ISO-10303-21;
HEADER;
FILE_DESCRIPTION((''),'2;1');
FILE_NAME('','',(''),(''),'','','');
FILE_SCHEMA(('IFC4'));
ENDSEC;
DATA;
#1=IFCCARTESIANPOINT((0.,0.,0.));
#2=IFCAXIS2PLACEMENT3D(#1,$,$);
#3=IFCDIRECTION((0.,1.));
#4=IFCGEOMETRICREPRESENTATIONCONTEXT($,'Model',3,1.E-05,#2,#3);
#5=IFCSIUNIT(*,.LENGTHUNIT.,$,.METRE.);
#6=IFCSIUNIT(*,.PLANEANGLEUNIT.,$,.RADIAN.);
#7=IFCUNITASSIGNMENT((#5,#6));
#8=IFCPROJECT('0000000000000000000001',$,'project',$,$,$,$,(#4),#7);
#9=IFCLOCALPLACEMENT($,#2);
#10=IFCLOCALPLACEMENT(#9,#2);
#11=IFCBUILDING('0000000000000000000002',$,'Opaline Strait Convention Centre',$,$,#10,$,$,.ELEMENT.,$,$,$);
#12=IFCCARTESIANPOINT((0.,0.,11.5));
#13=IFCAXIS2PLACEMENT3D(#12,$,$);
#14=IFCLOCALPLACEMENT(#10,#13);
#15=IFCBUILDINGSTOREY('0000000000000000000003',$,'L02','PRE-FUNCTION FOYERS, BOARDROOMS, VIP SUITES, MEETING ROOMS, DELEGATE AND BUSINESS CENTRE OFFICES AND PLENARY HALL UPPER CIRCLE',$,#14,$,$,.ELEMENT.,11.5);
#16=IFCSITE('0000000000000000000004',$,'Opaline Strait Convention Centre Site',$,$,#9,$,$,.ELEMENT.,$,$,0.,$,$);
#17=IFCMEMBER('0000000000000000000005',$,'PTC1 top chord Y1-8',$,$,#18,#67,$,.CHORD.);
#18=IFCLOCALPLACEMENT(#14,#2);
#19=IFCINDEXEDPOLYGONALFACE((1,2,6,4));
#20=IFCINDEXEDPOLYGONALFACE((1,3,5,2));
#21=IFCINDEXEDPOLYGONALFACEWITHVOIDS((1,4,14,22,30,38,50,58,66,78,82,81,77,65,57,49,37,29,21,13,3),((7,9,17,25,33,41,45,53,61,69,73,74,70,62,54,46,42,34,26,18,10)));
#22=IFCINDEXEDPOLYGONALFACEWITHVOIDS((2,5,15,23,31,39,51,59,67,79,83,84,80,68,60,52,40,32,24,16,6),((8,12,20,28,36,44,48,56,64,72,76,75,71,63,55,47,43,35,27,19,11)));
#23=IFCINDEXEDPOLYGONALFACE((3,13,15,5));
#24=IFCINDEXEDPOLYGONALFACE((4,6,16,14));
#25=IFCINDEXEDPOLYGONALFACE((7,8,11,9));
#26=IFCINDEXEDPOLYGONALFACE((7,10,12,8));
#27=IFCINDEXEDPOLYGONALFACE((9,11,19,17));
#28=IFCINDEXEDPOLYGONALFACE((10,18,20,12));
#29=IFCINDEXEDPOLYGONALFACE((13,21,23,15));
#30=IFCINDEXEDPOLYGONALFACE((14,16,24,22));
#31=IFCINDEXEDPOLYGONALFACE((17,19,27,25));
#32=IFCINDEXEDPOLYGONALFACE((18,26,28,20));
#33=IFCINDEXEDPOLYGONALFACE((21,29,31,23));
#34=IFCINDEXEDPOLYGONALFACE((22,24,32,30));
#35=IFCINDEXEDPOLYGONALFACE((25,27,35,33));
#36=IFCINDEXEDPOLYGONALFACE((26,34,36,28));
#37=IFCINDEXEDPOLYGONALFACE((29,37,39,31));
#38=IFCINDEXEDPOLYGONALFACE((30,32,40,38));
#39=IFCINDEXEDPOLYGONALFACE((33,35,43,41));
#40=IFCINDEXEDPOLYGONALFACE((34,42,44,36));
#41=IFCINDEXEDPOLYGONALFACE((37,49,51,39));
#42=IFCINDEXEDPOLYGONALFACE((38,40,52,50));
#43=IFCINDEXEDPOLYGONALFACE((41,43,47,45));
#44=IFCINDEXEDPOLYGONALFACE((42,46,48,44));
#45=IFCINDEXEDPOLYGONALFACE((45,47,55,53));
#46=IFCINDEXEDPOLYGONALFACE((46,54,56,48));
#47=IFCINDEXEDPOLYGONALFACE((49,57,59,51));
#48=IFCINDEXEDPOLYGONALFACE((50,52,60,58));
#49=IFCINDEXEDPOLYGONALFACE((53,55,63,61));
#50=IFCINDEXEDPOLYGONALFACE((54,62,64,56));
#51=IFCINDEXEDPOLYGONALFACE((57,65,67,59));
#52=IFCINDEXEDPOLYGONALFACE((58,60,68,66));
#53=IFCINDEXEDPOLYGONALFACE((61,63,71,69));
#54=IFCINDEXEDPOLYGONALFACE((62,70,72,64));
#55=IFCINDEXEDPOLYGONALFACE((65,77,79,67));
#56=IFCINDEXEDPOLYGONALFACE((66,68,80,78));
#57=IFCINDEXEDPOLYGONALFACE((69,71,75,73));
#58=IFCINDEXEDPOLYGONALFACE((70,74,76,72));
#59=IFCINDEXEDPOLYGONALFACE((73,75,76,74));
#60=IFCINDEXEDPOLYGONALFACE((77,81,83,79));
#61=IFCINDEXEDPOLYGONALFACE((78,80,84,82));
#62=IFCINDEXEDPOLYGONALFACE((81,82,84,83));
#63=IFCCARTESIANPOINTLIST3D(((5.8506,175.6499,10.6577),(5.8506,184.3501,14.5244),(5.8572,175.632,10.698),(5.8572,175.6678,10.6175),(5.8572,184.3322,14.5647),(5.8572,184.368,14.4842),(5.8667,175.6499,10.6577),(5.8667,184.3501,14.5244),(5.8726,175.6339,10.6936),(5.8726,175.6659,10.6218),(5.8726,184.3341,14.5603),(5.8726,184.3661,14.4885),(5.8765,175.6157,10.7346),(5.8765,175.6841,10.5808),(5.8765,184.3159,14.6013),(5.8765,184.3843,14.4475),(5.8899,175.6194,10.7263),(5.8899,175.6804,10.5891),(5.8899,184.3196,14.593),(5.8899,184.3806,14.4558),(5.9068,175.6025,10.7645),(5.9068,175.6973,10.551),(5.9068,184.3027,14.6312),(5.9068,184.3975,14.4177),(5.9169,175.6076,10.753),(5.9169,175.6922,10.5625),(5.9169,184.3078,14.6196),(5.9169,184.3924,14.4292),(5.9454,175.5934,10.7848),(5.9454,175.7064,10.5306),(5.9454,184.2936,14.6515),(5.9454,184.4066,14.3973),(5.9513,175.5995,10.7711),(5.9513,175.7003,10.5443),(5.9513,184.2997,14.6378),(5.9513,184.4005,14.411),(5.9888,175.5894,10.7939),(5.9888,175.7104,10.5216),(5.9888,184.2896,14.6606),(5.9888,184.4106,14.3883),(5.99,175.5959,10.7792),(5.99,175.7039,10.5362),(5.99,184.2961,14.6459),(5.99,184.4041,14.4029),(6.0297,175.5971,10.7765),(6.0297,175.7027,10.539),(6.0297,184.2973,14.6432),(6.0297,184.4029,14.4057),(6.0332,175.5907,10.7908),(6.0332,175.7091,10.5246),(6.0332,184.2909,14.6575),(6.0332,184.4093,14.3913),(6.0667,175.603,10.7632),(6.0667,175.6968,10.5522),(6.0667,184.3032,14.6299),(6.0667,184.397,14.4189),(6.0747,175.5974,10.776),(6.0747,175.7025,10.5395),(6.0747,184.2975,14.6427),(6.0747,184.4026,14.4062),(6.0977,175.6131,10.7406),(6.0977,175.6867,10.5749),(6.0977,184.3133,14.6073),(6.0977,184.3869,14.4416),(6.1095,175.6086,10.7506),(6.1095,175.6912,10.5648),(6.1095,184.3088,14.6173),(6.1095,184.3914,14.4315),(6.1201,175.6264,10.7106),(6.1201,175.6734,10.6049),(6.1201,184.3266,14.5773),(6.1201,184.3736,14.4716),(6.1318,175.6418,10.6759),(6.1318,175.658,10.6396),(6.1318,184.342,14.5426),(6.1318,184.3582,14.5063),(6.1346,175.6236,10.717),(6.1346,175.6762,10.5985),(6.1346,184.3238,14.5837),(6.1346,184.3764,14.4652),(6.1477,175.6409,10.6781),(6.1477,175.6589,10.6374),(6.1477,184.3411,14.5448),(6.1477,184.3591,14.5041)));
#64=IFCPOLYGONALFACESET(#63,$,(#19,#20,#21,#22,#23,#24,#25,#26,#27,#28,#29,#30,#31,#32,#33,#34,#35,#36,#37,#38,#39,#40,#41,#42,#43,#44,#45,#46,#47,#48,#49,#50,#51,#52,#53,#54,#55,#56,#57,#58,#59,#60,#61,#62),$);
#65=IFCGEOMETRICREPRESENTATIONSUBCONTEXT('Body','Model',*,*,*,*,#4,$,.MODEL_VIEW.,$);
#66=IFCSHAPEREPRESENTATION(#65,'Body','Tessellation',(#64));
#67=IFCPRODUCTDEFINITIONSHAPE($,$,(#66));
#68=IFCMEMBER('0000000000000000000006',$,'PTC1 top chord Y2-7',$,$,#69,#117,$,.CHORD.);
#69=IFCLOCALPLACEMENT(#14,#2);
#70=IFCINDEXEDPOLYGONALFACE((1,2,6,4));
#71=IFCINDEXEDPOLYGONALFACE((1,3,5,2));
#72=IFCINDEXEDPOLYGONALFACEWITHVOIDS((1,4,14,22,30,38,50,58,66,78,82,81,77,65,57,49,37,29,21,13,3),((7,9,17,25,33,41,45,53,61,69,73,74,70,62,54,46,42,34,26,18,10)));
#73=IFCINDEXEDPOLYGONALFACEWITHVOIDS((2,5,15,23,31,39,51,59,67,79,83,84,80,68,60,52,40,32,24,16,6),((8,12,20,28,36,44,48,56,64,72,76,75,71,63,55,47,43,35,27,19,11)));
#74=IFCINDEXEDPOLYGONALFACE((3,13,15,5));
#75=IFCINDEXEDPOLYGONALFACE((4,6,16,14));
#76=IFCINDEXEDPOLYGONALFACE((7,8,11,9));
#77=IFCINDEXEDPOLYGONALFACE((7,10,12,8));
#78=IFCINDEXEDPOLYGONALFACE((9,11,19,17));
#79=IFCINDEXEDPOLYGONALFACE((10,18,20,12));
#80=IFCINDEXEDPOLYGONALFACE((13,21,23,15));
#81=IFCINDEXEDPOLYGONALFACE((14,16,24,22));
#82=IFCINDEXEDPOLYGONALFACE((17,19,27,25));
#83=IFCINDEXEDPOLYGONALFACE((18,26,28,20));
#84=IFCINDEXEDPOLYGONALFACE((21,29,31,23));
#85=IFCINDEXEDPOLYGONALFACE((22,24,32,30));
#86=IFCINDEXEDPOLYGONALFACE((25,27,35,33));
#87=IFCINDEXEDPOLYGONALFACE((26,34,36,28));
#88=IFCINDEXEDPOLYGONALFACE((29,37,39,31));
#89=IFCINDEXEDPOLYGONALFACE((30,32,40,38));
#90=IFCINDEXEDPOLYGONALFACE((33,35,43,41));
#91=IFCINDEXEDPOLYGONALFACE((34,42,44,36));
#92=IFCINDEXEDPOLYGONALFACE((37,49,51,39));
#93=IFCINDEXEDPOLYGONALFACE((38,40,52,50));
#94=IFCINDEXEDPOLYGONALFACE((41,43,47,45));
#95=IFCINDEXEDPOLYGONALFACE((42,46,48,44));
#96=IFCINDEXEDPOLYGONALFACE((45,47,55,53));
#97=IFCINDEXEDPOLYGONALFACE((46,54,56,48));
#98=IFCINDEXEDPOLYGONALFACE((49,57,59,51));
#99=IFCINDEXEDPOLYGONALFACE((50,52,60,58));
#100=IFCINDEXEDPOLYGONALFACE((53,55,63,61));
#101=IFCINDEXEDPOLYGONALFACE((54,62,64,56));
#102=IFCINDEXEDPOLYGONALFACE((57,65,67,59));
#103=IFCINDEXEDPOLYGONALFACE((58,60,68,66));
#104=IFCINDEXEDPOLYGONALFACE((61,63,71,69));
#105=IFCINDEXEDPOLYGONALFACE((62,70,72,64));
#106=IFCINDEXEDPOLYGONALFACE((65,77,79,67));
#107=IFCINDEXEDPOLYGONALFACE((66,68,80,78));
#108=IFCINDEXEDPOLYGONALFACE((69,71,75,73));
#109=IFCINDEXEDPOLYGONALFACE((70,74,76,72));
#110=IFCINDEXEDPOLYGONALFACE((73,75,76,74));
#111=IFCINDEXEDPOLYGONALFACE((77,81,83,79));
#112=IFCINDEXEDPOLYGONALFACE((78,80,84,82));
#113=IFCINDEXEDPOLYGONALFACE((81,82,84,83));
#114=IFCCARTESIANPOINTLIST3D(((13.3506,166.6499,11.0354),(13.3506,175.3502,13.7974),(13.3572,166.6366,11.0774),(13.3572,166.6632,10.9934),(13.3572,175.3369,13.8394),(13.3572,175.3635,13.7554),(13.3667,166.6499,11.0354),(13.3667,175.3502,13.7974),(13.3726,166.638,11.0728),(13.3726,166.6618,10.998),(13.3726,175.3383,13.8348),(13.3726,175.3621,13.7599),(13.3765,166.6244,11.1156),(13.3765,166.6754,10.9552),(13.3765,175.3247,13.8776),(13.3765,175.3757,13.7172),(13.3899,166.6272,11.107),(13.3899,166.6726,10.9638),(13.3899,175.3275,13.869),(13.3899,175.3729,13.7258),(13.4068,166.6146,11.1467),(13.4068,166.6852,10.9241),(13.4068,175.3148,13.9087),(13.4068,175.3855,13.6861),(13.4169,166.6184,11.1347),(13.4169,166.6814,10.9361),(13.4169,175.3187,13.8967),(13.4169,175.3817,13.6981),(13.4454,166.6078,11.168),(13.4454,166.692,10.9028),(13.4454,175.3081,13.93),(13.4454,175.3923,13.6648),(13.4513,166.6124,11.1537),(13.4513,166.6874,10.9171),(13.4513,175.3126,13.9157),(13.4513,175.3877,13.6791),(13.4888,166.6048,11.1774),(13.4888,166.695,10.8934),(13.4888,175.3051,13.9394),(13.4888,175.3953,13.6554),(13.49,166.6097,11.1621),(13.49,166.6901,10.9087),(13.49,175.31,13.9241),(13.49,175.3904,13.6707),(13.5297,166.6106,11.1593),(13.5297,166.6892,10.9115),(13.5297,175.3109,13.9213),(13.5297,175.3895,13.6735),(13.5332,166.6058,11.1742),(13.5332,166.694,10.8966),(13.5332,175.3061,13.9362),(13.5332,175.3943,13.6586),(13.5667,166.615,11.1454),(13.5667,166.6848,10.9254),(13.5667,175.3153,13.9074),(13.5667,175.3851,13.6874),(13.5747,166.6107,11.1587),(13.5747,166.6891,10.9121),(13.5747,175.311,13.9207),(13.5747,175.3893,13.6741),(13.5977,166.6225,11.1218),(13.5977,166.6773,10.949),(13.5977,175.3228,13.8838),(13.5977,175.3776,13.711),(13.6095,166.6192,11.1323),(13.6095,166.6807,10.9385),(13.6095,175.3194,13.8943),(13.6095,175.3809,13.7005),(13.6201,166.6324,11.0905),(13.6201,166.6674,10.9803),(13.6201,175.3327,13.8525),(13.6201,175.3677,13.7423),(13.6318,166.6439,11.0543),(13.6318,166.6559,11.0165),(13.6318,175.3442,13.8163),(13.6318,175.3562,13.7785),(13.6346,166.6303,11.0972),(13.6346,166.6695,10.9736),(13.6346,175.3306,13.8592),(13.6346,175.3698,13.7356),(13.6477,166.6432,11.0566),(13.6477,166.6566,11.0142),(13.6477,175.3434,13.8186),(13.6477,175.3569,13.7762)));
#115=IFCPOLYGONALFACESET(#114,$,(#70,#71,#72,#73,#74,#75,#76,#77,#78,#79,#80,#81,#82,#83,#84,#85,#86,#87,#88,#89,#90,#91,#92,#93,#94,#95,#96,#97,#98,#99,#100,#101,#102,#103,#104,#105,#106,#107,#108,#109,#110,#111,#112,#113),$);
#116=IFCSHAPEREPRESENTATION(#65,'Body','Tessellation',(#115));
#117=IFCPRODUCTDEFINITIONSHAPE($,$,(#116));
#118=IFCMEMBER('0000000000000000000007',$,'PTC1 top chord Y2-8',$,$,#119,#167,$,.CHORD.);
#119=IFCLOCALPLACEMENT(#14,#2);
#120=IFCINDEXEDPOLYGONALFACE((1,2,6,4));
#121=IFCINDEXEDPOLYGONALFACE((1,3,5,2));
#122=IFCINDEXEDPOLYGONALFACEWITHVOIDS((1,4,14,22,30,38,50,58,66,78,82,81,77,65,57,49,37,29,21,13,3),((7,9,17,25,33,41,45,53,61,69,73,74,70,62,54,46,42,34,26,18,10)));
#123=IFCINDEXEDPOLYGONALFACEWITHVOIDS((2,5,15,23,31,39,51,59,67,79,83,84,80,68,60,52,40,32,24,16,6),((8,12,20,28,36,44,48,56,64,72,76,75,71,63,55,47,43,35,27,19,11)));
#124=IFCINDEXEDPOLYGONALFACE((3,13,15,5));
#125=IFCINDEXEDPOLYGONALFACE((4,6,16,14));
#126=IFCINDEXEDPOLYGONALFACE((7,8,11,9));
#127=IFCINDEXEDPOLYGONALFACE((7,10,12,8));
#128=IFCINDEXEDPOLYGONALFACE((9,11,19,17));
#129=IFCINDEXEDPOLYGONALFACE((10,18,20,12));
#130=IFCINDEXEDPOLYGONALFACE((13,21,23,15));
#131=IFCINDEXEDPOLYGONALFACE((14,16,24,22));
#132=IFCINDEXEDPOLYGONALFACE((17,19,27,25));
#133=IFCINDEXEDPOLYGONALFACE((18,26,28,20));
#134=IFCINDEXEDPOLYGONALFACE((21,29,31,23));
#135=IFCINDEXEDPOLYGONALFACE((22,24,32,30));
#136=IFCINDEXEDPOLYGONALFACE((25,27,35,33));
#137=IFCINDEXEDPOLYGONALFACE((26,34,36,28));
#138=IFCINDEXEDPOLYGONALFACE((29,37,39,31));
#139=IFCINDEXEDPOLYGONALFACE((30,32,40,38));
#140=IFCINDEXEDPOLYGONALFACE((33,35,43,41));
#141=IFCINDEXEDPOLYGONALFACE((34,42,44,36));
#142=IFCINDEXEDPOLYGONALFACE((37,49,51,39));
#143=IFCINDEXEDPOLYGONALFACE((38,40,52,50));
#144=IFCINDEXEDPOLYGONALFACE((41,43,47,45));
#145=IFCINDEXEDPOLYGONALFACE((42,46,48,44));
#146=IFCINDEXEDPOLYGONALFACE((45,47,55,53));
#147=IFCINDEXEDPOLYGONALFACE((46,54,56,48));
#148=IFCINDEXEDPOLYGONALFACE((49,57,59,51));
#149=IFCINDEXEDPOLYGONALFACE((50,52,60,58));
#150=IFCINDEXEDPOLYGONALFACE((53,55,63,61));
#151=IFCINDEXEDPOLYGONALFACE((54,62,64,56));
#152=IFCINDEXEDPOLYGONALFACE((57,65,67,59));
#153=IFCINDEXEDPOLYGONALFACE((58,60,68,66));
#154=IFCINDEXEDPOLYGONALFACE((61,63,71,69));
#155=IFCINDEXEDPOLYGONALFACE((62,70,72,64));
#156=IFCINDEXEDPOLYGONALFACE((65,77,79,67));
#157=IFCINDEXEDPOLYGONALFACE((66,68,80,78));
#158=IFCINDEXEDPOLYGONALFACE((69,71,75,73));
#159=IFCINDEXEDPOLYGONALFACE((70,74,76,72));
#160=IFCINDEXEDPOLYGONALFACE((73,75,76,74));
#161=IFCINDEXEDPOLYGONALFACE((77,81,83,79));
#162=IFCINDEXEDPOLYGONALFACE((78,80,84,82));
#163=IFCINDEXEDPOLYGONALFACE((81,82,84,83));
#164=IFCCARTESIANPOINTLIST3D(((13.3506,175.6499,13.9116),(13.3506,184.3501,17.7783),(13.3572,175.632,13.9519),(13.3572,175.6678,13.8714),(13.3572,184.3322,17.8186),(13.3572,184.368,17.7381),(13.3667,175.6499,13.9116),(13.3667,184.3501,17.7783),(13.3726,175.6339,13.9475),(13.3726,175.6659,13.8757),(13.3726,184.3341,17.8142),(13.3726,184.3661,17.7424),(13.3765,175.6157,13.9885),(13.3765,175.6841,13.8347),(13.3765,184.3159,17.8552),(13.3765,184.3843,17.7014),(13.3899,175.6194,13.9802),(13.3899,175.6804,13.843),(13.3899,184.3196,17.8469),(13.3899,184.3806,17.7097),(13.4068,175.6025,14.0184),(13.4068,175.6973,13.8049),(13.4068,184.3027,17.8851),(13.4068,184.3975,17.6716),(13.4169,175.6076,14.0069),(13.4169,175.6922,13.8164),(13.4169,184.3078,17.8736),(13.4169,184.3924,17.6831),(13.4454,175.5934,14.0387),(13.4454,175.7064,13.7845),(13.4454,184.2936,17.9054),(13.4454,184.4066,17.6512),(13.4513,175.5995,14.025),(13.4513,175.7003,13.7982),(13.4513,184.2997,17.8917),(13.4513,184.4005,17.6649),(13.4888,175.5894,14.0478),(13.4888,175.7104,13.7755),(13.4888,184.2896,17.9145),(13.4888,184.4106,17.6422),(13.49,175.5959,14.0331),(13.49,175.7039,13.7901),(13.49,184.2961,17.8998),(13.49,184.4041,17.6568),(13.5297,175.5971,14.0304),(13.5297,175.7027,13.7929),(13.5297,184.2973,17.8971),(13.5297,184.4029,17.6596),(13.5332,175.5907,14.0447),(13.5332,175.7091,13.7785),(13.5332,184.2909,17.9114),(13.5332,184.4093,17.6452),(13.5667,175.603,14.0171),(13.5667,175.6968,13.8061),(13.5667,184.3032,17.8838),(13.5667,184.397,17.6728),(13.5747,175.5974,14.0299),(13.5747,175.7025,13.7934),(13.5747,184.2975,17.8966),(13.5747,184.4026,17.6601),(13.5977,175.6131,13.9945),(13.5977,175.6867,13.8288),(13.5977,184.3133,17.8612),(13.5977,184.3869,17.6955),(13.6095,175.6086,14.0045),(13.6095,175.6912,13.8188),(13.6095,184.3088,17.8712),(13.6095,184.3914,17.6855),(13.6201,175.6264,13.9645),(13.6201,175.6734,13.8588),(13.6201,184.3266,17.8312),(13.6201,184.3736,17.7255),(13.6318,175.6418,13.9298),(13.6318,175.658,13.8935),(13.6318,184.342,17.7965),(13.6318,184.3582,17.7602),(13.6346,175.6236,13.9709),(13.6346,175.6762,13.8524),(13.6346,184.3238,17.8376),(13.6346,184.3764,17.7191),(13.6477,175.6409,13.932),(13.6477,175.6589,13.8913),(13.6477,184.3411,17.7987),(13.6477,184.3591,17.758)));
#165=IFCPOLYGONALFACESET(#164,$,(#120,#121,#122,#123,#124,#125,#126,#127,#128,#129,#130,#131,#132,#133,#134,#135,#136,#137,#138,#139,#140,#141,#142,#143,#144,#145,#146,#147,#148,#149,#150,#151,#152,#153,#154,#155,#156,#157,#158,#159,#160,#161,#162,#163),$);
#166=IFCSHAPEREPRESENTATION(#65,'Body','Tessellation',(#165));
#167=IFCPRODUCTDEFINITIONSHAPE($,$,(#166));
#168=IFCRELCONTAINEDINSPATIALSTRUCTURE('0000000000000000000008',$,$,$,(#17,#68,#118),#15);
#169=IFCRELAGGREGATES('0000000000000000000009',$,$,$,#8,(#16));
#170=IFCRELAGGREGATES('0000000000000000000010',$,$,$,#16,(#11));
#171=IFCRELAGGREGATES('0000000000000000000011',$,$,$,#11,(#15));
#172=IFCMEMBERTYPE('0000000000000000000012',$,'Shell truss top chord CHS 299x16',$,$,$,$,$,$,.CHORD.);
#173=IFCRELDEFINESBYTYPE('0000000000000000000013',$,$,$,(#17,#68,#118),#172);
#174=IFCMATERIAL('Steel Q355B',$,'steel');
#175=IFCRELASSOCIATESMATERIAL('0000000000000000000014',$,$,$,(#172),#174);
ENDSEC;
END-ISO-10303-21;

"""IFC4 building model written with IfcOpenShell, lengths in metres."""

from ifc_helpers import new_model, si_unit, direction, frame, origin, origin_2d, place, context, subcontext, project, spatial, hollow_circle, extrude, material, material_profile, profile_set, type_object, element, save


model = new_model("IFC4")

# Units and contexts
model_context = context("Model", 3, precision=1e-05, world=origin(), true_north=direction((0.0, 1.0)))
body_context = subcontext(model_context, "Body", "Model", "MODEL_VIEW")
ifc_project = project(units=[si_unit("LENGTHUNIT", "METRE"), si_unit("PLANEANGLEUNIT", "RADIAN")], contexts=[model_context])

# Site, building, storey
site_placement = place(None, origin())
site = spatial("IfcSite", under=ifc_project, at=site_placement, Name="Opaline Strait Convention Centre Site", CompositionType="ELEMENT", RefElevation=0.0)
building_placement = place(site_placement, origin())
building = spatial("IfcBuilding", under=site, at=building_placement, Name="Opaline Strait Convention Centre", CompositionType="ELEMENT")
storey_placement = place(building_placement, frame((0.0, 0.0, 11.5)))
storey = spatial("IfcBuildingStorey", under=building, at=storey_placement, Name="L02", Description="PRE-FUNCTION FOYERS, BOARDROOMS, VIP SUITES, MEETING ROOMS, DELEGATE AND BUSINESS CENTRE OFFICES AND PLENARY HALL UPPER CIRCLE", CompositionType="ELEMENT", Elevation=11.5)

# Members
ifc_material_1 = material(Name="Steel Q355B", Category="steel")
ifc_material_profile_1 = material_profile(ifc_material_1, hollow_circle(Radius=0.1494, WallThickness=0.0161, at=origin_2d()), Name="CHS 299x16")
ifc_profile_set_1 = profile_set([ifc_material_profile_1], Name="Steel Q355B")
member_type_1 = type_object("IfcMemberType", Name="Shell truss top chord CHS 299x16", PredefinedType="CHORD", material=ifc_profile_set_1)
member_1_placement = place(storey_placement, frame((6.0, 175.6499, 10.6577), z_axis=(0.0, 0.913814, 0.406134), x_axis=(-1.0, 0.0, 0.0)))
element("IfcMember", 1, at=member_1_placement, inside=storey, type_object=member_type_1, Name="PTC1 top chord Y1-8", PredefinedType="CHORD", context=body_context, shape_type="SweptSolid", body=[
    extrude(hollow_circle(Radius=0.1494, WallThickness=0.0161, at=origin_2d()), origin(), (0.0, 0.0, 1.0), 9.5208),
])
member_2_placement = place(storey_placement, frame((13.5, 166.6499, 11.0354), z_axis=(0.0, 0.953124, 0.302579), x_axis=(-1.0, 0.0, 0.0)))
element("IfcMember", 2, at=member_2_placement, inside=storey, type_object=member_type_1, Name="PTC1 top chord Y2-7", PredefinedType="CHORD", context=body_context, shape_type="SweptSolid", body=[
    extrude(hollow_circle(Radius=0.1494, WallThickness=0.0161, at=origin_2d()), origin(), (0.0, 0.0, 1.0), 9.1282),
])
member_3_placement = place(storey_placement, frame((13.5, 175.6499, 13.9116), z_axis=(0.0, 0.913814, 0.406134), x_axis=(-1.0, 0.0, 0.0)))
element("IfcMember", 3, at=member_3_placement, inside=storey, type_object=member_type_1, Name="PTC1 top chord Y2-8", PredefinedType="CHORD", context=body_context, shape_type="SweptSolid", body=[
    extrude(hollow_circle(Radius=0.1494, WallThickness=0.0161, at=origin_2d()), origin(), (0.0, 0.0, 1.0), 9.5208),
])

save(model, "model.ifc")
